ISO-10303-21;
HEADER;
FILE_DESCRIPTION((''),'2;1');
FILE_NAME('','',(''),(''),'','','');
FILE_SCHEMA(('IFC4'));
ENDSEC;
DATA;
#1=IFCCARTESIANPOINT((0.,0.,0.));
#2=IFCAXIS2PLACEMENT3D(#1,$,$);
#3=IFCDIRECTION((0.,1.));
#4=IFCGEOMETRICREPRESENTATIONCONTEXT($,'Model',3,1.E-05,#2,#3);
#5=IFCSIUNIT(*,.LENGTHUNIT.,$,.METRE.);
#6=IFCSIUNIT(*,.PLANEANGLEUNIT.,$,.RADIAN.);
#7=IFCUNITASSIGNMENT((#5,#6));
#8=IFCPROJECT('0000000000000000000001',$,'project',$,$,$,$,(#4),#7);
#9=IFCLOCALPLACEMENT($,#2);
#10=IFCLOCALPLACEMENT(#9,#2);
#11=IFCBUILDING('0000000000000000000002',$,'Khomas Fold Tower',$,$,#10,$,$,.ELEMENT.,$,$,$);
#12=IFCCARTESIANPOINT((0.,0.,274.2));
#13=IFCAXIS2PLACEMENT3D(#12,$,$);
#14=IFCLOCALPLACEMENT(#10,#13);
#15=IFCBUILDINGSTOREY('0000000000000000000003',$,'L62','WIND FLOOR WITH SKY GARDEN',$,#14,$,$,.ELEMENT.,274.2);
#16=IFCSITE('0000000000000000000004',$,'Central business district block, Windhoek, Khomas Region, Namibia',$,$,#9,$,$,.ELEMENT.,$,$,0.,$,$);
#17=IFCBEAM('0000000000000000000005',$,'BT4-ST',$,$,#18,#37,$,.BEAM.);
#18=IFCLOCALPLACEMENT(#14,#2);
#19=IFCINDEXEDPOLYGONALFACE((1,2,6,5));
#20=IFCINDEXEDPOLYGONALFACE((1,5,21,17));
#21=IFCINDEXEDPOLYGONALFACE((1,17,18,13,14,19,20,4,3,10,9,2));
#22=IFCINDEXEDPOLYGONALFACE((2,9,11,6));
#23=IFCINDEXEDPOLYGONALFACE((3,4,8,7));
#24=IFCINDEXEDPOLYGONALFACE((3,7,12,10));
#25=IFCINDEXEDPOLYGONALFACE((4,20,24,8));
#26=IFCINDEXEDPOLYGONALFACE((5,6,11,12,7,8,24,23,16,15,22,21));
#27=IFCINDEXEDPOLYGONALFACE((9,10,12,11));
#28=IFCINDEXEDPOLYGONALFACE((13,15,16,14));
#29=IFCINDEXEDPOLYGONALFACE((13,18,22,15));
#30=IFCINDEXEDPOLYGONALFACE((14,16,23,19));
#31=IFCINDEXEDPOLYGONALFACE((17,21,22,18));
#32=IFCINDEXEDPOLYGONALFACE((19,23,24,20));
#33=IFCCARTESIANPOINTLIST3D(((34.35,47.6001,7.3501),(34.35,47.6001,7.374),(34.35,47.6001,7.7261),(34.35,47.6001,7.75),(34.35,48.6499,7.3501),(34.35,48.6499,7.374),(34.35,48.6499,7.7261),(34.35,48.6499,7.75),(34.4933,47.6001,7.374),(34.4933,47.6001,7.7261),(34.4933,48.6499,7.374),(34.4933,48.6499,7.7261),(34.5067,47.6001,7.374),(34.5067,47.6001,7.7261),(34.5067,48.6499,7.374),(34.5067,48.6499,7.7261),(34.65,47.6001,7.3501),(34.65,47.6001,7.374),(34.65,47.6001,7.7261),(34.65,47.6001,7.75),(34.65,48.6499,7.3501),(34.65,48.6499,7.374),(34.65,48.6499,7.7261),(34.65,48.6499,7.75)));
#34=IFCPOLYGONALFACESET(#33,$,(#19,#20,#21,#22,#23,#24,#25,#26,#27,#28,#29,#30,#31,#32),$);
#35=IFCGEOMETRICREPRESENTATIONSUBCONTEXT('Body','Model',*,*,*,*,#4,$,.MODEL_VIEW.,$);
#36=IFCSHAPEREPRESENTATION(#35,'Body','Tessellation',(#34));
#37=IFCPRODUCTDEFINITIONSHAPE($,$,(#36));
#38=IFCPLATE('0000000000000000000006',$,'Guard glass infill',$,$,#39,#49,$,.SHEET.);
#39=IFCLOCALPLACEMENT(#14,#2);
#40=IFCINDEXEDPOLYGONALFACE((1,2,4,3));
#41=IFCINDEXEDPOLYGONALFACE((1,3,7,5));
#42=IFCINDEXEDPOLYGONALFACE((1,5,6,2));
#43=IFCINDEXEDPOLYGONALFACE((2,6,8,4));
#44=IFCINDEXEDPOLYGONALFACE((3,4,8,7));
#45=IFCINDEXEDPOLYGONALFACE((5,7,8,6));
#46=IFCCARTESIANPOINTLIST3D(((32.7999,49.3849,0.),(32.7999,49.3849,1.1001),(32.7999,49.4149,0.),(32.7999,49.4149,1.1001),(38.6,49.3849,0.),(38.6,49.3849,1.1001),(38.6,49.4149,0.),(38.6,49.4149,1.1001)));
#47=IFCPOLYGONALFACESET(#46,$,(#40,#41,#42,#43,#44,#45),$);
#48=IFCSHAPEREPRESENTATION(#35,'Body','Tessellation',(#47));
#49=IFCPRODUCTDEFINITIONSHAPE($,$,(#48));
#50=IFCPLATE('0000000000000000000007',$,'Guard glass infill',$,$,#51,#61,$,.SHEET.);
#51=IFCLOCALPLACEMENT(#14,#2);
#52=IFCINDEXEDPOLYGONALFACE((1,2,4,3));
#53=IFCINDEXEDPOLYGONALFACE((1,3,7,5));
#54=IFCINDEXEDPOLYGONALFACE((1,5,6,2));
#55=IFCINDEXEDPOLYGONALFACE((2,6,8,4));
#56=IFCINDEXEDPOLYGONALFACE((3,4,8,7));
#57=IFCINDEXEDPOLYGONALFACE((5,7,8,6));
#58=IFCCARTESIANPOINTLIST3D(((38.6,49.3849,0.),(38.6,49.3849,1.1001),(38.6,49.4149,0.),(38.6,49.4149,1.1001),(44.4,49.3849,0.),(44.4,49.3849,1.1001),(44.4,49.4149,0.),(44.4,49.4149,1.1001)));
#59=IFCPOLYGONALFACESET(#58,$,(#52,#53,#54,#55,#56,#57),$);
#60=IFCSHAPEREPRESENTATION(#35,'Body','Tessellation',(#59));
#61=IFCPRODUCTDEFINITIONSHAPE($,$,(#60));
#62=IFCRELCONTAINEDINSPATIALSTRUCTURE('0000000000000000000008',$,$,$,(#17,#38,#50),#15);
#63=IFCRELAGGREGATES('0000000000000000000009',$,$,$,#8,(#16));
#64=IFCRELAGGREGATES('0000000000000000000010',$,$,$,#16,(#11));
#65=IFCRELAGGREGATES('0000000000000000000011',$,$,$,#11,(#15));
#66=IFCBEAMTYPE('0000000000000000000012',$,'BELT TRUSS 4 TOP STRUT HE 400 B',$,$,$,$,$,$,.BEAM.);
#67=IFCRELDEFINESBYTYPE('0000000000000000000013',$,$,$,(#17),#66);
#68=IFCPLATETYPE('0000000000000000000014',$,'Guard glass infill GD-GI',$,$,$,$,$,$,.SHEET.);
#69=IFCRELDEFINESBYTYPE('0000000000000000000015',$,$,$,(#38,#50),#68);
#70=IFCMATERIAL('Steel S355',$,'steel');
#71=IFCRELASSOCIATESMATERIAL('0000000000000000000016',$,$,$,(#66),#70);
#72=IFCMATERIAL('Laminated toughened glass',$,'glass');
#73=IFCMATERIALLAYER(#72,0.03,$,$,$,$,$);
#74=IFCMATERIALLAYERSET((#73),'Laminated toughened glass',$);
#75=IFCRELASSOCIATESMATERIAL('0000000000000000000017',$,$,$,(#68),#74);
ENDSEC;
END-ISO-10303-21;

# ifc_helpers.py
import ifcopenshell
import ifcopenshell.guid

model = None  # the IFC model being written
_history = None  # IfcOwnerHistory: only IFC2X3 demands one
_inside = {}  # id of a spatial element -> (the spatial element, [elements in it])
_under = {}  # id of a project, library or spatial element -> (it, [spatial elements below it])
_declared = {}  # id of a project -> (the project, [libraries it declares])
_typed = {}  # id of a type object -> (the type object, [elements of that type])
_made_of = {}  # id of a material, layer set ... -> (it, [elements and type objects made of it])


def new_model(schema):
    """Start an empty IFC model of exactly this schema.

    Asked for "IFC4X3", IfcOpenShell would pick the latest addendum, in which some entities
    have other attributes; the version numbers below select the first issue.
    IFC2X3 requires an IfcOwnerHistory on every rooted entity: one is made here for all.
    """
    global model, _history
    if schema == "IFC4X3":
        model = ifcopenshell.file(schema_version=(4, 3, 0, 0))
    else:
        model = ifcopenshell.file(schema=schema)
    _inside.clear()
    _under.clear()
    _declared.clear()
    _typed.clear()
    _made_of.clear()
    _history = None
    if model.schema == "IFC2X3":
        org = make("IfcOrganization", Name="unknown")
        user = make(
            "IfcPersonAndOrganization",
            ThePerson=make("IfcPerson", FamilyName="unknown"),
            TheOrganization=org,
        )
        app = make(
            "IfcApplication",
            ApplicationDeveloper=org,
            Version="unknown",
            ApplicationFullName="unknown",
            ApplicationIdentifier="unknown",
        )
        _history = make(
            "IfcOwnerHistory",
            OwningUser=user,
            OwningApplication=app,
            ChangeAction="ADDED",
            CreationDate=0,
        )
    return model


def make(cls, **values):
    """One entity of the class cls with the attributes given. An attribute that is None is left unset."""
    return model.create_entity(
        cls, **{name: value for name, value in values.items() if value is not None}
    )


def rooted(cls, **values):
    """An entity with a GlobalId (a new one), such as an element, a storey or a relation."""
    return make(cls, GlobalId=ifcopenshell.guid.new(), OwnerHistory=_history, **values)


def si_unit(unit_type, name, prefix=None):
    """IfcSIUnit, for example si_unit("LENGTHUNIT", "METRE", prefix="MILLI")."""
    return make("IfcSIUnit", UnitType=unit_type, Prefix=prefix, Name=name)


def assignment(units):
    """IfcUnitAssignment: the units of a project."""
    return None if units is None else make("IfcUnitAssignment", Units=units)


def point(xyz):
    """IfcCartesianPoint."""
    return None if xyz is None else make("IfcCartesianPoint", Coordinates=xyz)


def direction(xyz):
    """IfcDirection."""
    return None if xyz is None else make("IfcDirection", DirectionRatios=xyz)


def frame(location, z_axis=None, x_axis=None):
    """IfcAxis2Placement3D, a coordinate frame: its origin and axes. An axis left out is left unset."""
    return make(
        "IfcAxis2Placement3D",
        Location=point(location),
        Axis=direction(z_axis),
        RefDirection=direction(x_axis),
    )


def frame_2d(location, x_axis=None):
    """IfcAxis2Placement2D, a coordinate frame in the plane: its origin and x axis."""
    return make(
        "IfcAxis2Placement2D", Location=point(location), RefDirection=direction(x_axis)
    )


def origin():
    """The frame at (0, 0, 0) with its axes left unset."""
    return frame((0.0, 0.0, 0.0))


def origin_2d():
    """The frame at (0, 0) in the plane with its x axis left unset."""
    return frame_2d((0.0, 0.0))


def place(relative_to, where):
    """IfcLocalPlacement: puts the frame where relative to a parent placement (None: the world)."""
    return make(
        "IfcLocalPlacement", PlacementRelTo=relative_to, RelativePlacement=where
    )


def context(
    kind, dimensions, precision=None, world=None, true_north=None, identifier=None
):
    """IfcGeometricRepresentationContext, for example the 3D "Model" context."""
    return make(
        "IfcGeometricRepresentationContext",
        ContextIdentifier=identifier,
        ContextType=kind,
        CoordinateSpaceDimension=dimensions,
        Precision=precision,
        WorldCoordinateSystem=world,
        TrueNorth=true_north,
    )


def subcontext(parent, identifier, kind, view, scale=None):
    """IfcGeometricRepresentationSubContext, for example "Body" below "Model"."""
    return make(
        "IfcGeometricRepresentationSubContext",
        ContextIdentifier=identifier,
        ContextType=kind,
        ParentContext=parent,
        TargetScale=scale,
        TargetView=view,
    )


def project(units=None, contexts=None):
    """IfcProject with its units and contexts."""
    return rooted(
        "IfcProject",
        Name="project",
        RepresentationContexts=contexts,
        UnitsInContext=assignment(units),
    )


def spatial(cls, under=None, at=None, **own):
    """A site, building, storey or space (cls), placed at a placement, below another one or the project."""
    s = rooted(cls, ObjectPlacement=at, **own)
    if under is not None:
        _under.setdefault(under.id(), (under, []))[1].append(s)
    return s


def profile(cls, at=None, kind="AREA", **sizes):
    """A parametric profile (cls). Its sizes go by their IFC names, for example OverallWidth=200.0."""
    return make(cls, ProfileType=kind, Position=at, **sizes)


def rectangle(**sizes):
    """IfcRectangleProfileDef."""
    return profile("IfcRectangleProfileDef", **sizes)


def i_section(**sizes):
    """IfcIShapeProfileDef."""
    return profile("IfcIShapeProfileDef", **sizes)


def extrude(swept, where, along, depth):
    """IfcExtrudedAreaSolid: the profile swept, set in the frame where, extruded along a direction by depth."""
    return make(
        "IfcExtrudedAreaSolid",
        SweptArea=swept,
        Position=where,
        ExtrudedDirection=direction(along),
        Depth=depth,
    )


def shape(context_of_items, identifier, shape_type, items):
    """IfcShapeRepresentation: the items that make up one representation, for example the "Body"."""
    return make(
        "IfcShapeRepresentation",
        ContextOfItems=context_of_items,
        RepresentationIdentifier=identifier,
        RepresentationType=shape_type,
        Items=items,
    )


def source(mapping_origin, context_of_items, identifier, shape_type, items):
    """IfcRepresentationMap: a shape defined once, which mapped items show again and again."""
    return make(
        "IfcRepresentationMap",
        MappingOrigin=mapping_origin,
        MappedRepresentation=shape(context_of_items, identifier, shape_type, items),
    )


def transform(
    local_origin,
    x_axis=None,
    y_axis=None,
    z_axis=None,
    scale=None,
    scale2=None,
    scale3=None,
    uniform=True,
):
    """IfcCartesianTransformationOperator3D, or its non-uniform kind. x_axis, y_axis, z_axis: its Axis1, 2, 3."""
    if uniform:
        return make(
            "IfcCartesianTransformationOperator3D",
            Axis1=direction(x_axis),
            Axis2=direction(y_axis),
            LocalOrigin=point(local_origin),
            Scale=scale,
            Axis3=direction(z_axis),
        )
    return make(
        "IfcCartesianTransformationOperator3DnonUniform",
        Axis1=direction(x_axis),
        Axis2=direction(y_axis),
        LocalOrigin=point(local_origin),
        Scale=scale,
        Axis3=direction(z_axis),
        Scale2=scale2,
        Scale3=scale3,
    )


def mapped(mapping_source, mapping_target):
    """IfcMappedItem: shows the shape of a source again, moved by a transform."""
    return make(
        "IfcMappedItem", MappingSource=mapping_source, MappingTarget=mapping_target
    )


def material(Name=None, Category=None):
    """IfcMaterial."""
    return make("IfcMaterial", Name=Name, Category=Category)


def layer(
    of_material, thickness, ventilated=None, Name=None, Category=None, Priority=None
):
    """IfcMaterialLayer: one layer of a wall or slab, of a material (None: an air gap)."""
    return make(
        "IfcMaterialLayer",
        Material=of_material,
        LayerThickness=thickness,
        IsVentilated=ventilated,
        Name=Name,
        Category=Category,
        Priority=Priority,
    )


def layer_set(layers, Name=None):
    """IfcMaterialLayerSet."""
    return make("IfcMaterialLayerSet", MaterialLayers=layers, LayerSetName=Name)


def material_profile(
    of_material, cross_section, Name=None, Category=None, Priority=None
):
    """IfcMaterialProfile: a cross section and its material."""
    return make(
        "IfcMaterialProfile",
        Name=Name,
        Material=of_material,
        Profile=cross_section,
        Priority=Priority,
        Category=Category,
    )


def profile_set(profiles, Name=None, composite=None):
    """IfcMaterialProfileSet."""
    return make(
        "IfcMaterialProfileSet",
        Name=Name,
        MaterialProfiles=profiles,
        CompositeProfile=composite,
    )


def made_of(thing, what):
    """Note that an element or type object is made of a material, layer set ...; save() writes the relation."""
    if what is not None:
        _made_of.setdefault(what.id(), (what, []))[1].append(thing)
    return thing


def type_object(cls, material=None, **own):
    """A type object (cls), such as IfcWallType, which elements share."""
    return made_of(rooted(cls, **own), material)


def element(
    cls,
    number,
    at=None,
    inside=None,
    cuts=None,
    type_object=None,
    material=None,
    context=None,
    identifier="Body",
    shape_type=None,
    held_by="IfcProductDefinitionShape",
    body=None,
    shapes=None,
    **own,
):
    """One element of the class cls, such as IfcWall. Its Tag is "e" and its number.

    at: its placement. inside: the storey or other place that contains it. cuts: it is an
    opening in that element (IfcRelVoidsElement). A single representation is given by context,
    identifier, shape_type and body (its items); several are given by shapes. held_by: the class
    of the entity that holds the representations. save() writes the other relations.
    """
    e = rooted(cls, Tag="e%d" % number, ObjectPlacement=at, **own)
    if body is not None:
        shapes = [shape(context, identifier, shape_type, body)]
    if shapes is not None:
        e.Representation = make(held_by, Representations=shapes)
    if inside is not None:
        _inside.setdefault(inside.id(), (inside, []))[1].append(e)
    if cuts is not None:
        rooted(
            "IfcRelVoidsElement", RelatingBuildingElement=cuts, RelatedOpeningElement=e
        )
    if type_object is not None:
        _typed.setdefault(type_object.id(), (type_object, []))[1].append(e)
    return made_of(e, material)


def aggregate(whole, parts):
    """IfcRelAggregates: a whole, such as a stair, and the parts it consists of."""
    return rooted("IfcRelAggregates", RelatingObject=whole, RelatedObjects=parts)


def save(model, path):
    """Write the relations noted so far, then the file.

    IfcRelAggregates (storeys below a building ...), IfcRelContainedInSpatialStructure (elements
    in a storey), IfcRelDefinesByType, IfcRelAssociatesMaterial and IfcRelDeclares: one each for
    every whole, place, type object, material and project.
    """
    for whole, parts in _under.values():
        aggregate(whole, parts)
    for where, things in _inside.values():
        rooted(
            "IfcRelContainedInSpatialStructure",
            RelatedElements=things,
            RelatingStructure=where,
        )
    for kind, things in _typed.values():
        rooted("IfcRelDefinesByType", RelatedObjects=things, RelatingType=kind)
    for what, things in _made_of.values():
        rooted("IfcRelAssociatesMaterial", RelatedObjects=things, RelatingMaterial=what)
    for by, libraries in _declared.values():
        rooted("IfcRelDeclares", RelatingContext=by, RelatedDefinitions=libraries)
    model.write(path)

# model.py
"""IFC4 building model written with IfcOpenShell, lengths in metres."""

from ifc_helpers import new_model, si_unit, direction, frame, origin, origin_2d, place, context, subcontext, project, spatial, rectangle, i_section, extrude, source, transform, mapped, material, layer, layer_set, material_profile, profile_set, type_object, element, save


model = new_model("IFC4")

# Units and contexts
model_context = context("Model", 3, precision=1e-05, world=origin(), true_north=direction((0.0, 1.0)))
body_context = subcontext(model_context, "Body", "Model", "MODEL_VIEW")
ifc_project = project(units=[si_unit("LENGTHUNIT", "METRE"), si_unit("PLANEANGLEUNIT", "RADIAN")], contexts=[model_context])

# Site, building, storey
site_placement = place(None, origin())
site = spatial("IfcSite", under=ifc_project, at=site_placement, Name="Central business district block, Windhoek, Khomas Region, Namibia", CompositionType="ELEMENT", RefElevation=0.0)
building_placement = place(site_placement, origin())
building = spatial("IfcBuilding", under=site, at=building_placement, Name="Khomas Fold Tower", CompositionType="ELEMENT")
storey_placement = place(building_placement, frame((0.0, 0.0, 274.2)))
storey = spatial("IfcBuildingStorey", under=building, at=storey_placement, Name="L62", Description="WIND FLOOR WITH SKY GARDEN", CompositionType="ELEMENT", Elevation=274.2)

# Beam
ifc_material_1 = material(Name="Steel S355", Category="steel")
ifc_material_profile_1 = material_profile(ifc_material_1, i_section(OverallWidth=0.3, OverallDepth=0.3999, WebThickness=0.0134, FlangeThickness=0.0239, at=origin_2d()), Name="HE 400 B")
ifc_profile_set_1 = profile_set([ifc_material_profile_1], Name="Steel S355")
beam_type_1 = type_object("IfcBeamType", Name="BELT TRUSS 4 TOP STRUT HE 400 B", PredefinedType="BEAM", material=ifc_profile_set_1)
shared_shape_1 = source(origin(), body_context, "Body", "SweptSolid", [
    extrude(i_section(OverallWidth=0.3, OverallDepth=0.3999, WebThickness=0.0134, FlangeThickness=0.0239, at=origin_2d()), origin(), (0.0, 0.0, 1.0), 1.0498),
])
beam_1_placement = place(storey_placement, frame((34.5, 47.6001, 7.55), z_axis=(0.0, 1.0, 0.0), x_axis=(-1.0, 0.0, 0.0)))
element("IfcBeam", 1, at=beam_1_placement, inside=storey, type_object=beam_type_1, Name="BT4-ST", PredefinedType="BEAM", context=body_context, shape_type="MappedRepresentation", body=[
    mapped(shared_shape_1, transform((0.0, 0.0, 0.0))),
])

# Plates
ifc_material_2 = material(Name="Laminated toughened glass", Category="glass")
ifc_layer_1 = layer(ifc_material_2, 0.03)
ifc_layer_set_1 = layer_set([ifc_layer_1], Name="Laminated toughened glass")
plate_type = type_object("IfcPlateType", Name="Guard glass infill GD-GI", PredefinedType="SHEET", material=ifc_layer_set_1)
shared_shape_2 = source(origin(), body_context, "Body", "SweptSolid", [
    extrude(rectangle(XDim=5.8, YDim=0.03, at=origin_2d()), origin(), (0.0, 0.0, 1.0), 1.1001),
])
for number, where, z_axis, x_axis, name in (
    (2, (35.7, 49.3999, 0.0), (0.0, 0.0, 1.0), (1.0, 0.0, 0.0), "Guard glass infill"),
    (3, (41.5, 49.3999, 0.0), (0.0, 0.0, 1.0), (1.0, 0.0, 0.0), "Guard glass infill"),
):
    element("IfcPlate", number, at=place(storey_placement, frame(where, z_axis=z_axis, x_axis=x_axis)), inside=storey, type_object=plate_type, Name=name, PredefinedType="SHEET", context=body_context, shape_type="MappedRepresentation", body=[
        mapped(shared_shape_2, transform((0.0, 0.0, 0.0))),
    ])

save(model, "model.ifc")
